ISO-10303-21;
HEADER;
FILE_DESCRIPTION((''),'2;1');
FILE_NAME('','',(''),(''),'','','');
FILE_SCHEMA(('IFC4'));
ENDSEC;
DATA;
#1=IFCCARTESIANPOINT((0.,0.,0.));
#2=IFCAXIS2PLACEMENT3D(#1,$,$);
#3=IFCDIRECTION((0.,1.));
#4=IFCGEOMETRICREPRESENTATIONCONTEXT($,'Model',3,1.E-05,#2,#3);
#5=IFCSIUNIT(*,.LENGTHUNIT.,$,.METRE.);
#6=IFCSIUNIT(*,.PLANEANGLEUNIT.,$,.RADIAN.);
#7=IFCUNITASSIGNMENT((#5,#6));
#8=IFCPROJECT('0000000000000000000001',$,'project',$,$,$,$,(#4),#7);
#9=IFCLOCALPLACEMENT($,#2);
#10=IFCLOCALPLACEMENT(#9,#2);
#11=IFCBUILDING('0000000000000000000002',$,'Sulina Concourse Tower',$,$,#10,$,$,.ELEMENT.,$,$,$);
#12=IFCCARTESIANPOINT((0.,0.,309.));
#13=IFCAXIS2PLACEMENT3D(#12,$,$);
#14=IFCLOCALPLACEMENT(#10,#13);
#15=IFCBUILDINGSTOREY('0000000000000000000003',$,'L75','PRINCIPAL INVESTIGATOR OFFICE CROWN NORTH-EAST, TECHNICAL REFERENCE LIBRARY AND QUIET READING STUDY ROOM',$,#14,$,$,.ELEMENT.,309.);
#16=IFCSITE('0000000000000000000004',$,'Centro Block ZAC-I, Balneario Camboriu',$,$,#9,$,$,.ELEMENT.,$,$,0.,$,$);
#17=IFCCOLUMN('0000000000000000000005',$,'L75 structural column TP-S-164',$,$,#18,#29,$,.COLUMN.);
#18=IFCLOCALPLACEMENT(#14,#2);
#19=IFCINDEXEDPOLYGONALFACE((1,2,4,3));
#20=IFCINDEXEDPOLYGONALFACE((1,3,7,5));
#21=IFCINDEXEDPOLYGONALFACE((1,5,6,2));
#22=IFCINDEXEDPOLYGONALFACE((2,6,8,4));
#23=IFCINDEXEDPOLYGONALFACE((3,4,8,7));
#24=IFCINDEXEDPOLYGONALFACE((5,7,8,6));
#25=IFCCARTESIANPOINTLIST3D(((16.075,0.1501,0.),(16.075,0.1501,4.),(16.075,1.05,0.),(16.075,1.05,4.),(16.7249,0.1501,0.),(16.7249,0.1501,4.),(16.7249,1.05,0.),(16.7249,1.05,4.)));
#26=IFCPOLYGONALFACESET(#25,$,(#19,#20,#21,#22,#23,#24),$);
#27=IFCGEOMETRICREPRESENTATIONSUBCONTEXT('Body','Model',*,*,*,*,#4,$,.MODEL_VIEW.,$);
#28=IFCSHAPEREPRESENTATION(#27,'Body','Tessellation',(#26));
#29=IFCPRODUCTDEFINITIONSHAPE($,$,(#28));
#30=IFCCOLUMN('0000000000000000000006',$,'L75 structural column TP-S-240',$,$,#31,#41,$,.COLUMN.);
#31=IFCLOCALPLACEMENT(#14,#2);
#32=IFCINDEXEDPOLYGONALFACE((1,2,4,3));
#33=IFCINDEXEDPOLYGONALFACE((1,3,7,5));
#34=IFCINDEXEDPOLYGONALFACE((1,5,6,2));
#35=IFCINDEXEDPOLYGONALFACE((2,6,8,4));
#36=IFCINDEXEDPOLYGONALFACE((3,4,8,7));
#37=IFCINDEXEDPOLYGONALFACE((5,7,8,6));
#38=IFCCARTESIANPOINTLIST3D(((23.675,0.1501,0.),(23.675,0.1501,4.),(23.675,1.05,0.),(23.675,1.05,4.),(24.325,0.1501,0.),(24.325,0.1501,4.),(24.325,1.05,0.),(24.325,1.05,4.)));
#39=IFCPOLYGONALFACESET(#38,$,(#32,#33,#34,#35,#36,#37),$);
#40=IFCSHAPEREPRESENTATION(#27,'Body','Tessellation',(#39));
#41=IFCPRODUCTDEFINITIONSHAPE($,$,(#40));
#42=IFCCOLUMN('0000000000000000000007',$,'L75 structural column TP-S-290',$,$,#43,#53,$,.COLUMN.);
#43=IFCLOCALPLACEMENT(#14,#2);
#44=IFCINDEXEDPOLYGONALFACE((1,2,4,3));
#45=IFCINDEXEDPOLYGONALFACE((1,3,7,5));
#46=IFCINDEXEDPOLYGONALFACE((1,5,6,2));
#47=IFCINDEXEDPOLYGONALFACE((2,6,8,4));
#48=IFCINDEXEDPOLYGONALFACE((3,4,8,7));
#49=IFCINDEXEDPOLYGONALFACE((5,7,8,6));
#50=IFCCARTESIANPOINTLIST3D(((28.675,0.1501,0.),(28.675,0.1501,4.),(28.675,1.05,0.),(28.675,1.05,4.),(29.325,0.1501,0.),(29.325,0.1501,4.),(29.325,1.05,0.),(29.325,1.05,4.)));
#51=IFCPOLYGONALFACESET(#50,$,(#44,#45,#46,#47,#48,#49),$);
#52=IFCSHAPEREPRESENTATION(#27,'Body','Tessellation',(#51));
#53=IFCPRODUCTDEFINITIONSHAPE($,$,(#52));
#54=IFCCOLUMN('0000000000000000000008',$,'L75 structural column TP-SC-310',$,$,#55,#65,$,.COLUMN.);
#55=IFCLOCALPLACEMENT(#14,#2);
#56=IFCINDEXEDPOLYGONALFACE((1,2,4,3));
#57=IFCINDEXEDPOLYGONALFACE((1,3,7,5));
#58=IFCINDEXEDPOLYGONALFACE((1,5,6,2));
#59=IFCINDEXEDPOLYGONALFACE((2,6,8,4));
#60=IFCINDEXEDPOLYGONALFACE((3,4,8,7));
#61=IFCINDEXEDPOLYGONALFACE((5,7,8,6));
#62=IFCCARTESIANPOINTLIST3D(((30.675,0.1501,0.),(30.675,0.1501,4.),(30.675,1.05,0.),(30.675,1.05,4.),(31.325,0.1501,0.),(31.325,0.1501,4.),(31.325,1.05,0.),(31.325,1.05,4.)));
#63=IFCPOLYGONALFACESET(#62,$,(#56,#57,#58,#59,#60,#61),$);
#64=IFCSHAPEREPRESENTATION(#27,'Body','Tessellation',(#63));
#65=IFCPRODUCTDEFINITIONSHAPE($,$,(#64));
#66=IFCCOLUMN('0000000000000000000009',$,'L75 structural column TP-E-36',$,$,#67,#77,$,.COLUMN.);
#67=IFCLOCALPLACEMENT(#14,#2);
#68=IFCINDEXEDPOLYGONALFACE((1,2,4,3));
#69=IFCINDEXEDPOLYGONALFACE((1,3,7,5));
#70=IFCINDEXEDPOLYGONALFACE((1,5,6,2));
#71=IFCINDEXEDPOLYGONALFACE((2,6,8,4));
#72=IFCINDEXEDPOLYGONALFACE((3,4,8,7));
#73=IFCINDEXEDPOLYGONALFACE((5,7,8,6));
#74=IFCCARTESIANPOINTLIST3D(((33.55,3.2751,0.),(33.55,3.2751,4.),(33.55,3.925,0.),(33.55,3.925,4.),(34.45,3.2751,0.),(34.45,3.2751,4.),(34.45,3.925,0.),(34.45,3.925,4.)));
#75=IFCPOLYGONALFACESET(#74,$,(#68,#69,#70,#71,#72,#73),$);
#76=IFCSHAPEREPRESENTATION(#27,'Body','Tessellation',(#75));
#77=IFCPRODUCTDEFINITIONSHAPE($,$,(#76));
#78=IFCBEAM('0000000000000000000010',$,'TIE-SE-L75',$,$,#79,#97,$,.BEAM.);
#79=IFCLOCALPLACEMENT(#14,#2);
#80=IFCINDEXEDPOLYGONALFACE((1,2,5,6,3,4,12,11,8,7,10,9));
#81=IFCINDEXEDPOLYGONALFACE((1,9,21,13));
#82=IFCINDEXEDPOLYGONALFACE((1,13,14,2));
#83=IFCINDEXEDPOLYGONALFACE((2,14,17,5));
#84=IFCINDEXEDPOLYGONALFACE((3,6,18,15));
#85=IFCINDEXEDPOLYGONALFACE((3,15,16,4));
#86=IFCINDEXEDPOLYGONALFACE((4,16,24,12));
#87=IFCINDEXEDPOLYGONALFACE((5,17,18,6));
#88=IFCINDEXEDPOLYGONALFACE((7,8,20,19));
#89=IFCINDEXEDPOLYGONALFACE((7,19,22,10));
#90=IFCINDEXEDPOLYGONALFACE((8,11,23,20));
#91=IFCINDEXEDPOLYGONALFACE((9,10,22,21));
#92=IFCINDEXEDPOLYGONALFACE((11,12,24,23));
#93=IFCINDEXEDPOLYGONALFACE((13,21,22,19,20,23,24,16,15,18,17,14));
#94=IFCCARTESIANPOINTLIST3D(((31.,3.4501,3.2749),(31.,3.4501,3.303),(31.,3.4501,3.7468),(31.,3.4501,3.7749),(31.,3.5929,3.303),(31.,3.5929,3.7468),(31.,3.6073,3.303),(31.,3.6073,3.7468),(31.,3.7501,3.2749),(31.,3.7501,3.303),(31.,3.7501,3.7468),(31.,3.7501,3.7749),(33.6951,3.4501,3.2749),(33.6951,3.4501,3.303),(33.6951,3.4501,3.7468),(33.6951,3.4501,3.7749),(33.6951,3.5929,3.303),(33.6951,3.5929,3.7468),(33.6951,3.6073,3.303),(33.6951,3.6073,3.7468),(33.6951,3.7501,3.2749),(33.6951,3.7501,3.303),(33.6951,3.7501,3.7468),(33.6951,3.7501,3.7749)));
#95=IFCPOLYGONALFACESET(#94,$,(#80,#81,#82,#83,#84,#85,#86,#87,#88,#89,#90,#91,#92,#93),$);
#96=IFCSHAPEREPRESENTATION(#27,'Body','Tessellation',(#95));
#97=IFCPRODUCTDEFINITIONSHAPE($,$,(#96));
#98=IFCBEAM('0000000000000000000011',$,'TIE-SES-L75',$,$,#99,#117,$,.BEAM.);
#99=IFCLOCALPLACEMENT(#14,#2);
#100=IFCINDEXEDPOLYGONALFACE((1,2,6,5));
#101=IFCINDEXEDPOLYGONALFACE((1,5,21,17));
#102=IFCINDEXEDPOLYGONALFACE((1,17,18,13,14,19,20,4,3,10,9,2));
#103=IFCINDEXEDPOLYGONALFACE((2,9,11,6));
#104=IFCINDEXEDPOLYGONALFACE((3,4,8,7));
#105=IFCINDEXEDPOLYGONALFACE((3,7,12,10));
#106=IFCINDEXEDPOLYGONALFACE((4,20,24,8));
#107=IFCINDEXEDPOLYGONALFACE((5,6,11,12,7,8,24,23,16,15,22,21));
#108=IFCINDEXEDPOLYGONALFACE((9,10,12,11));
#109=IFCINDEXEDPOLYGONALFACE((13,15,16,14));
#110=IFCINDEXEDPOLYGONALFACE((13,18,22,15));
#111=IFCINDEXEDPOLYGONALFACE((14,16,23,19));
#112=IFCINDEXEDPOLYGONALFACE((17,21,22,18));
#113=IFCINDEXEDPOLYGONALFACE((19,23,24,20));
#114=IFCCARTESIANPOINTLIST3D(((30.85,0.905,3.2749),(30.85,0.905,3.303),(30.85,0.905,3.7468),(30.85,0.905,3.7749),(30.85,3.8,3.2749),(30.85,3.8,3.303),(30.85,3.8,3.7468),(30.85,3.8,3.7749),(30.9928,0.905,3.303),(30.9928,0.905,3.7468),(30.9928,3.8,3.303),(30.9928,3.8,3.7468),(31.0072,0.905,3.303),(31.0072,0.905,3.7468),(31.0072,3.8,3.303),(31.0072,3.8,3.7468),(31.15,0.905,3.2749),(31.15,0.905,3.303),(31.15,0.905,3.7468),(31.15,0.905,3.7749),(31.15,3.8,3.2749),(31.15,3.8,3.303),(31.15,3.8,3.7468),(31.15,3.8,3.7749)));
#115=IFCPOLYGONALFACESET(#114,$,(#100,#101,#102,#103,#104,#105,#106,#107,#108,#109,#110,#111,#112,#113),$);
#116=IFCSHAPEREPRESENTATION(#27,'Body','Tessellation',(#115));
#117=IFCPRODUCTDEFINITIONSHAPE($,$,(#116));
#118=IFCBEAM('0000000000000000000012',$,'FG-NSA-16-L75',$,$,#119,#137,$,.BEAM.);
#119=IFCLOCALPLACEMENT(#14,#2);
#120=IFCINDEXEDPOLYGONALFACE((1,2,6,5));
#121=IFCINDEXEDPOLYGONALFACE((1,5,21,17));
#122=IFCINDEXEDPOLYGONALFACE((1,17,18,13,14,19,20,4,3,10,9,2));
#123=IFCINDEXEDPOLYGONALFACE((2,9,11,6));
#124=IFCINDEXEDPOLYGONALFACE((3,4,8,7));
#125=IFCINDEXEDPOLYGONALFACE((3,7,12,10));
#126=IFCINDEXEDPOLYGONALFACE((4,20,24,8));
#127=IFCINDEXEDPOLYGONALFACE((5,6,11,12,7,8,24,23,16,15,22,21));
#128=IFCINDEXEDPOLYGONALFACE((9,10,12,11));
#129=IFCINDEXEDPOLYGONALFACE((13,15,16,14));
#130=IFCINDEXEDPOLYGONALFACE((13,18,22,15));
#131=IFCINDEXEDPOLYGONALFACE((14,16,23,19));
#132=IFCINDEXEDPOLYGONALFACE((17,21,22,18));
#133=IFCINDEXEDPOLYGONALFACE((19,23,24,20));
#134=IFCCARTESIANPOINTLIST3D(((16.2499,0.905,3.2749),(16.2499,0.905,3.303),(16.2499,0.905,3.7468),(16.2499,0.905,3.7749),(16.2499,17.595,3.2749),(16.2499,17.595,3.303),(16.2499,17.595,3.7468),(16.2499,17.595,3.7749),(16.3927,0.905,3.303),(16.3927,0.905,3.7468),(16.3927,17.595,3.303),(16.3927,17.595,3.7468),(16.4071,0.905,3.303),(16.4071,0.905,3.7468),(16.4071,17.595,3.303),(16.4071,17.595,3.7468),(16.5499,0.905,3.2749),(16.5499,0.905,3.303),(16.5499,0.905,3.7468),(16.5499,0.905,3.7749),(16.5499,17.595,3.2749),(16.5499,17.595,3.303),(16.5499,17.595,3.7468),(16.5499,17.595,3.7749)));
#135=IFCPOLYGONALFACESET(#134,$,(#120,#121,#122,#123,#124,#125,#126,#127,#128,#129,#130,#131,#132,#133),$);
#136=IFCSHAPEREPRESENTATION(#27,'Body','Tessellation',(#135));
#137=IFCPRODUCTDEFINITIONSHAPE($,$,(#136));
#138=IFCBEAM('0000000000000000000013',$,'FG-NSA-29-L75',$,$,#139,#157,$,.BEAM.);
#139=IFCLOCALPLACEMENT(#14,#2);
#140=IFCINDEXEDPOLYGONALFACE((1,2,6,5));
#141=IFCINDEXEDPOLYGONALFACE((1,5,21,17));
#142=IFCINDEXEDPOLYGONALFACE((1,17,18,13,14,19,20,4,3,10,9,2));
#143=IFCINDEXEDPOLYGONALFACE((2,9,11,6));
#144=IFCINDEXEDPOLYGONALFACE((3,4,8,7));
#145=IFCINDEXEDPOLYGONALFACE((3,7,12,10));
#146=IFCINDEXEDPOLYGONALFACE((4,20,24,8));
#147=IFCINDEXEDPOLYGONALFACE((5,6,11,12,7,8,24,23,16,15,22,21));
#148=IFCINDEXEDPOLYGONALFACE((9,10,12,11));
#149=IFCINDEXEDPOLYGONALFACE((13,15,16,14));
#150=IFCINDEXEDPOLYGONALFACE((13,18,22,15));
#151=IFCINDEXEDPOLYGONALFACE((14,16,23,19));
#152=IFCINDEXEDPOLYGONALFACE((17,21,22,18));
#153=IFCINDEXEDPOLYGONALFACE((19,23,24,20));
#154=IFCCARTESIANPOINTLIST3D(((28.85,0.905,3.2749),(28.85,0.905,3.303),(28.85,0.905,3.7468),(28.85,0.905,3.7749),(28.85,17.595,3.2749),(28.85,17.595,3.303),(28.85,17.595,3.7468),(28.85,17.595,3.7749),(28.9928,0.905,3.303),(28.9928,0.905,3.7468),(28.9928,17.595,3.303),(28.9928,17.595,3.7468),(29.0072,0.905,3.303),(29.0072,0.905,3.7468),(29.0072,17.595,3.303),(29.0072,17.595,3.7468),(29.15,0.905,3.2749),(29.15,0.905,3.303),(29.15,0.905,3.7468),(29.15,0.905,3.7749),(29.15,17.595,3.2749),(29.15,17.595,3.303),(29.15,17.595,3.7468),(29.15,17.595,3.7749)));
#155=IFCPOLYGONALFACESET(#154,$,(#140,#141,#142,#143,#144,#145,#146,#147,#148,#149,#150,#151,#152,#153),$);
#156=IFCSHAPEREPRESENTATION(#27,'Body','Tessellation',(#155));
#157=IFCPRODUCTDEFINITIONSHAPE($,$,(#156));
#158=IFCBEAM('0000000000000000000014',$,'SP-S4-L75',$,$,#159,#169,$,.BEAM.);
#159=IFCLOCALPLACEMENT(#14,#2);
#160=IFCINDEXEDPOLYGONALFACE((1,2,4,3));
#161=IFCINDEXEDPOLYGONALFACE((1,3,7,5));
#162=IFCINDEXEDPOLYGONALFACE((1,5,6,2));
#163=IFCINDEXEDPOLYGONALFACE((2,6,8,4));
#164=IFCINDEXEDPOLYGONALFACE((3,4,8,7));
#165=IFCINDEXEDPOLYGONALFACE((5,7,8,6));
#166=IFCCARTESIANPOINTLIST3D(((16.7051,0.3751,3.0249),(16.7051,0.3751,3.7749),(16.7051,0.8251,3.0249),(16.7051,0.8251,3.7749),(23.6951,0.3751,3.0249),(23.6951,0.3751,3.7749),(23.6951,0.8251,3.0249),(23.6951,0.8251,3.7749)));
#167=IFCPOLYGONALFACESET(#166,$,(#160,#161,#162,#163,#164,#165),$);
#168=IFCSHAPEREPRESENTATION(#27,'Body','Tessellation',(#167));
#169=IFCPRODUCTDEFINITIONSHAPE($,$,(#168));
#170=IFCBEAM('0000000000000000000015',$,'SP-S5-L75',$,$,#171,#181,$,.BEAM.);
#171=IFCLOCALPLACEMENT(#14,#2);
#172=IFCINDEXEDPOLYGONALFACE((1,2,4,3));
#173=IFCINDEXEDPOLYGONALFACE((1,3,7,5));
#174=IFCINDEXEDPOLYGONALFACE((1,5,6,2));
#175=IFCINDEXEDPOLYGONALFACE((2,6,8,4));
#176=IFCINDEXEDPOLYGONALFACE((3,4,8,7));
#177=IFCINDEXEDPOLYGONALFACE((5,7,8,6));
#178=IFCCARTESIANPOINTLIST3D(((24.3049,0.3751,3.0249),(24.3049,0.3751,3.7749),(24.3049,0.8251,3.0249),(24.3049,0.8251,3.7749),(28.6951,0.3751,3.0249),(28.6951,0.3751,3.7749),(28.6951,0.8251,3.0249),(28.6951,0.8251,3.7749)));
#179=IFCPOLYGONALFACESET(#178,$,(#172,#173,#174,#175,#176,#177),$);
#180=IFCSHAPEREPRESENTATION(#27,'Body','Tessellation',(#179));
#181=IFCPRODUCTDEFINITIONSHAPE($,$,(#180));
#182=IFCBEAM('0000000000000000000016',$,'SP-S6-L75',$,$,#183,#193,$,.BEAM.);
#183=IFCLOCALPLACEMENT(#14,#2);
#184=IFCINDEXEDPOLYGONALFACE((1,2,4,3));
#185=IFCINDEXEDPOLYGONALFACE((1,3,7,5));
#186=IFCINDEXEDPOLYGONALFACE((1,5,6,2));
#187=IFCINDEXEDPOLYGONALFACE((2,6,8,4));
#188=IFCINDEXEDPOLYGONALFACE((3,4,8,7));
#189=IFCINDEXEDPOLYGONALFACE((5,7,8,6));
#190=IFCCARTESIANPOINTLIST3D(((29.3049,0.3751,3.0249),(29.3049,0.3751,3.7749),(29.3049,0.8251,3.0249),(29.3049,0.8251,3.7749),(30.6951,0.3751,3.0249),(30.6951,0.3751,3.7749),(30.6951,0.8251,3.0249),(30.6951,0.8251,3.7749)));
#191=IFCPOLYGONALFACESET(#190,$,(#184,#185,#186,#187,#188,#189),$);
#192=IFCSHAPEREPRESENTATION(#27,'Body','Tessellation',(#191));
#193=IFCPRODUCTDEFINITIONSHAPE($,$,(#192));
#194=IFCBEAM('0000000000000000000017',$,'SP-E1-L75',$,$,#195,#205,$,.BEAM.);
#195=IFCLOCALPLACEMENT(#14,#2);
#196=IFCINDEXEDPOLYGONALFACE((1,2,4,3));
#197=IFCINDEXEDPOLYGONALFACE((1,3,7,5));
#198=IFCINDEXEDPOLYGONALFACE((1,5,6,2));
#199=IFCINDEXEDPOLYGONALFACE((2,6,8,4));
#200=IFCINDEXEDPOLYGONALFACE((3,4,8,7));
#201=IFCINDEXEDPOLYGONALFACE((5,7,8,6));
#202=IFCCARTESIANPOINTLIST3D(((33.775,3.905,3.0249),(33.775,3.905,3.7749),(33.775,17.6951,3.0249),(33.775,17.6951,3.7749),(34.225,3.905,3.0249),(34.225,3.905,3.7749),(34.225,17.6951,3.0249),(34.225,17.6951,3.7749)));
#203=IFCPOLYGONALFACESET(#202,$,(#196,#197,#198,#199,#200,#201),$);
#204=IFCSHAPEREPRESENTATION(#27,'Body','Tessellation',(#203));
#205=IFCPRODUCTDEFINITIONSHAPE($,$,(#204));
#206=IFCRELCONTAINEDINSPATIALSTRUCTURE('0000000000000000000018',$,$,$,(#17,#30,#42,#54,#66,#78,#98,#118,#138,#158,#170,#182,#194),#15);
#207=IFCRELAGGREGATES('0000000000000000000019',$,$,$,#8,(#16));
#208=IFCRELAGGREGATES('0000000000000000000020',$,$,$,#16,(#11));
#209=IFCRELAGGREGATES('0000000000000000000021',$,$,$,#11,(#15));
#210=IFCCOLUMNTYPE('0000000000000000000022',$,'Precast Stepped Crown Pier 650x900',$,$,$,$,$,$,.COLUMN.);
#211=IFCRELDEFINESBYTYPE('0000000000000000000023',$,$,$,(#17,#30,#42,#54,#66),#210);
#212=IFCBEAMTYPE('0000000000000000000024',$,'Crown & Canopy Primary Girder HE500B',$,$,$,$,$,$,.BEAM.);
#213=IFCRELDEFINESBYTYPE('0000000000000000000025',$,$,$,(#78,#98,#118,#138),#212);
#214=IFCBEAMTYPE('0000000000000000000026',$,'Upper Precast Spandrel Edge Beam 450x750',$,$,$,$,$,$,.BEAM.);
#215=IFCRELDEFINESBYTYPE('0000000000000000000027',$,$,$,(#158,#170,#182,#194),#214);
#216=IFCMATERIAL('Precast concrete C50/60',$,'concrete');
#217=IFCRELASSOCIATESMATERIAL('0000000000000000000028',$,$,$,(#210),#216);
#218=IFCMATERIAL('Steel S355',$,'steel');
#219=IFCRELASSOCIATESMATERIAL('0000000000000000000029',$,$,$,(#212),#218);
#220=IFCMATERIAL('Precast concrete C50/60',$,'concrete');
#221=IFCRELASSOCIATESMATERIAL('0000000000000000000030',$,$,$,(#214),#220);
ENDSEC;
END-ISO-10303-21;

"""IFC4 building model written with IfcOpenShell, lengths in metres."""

from ifc_helpers import new_model, si_unit, direction, frame, origin, origin_2d, place, context, subcontext, project, spatial, rectangle, i_section, extrude, material, material_profile, profile_set, type_object, element, save


model = new_model("IFC4")

# Units and contexts
model_context = context("Model", 3, precision=1e-05, world=origin(), true_north=direction((0.0, 1.0)))
body_context = subcontext(model_context, "Body", "Model", "MODEL_VIEW")
ifc_project = project(units=[si_unit("LENGTHUNIT", "METRE"), si_unit("PLANEANGLEUNIT", "RADIAN")], contexts=[model_context])

# Site, building, storey
site_placement = place(None, origin())
site = spatial("IfcSite", under=ifc_project, at=site_placement, Name="Centro Block ZAC-I, Balneario Camboriu", CompositionType="ELEMENT", RefElevation=0.0)
building_placement = place(site_placement, origin())
building = spatial("IfcBuilding", under=site, at=building_placement, Name="Sulina Concourse Tower", CompositionType="ELEMENT")
storey_placement = place(building_placement, frame((0.0, 0.0, 309.0)))
storey = spatial("IfcBuildingStorey", under=building, at=storey_placement, Name="L75", Description="PRINCIPAL INVESTIGATOR OFFICE CROWN NORTH-EAST, TECHNICAL REFERENCE LIBRARY AND QUIET READING STUDY ROOM", CompositionType="ELEMENT", Elevation=309.0)

# Columns
ifc_material_1 = material(Name="Precast concrete C50/60", Category="concrete")
ifc_material_profile_1 = material_profile(ifc_material_1, rectangle(XDim=0.6499, YDim=0.8999, at=origin_2d()), Name="PC 650x900")
ifc_profile_set_1 = profile_set([ifc_material_profile_1], Name="Precast concrete C50/60")
column_type = type_object("IfcColumnType", Name="Precast Stepped Crown Pier 650x900", PredefinedType="COLUMN", material=ifc_profile_set_1)
for number, where, z_axis, x_axis, name in (
    (1, (16.3999, 0.6001, 0.0), (0.0, 0.0, 1.0), (1.0, 0.0, 0.0), "L75 structural column TP-S-164"),
    (2, (24.0, 0.6001, 0.0), (0.0, 0.0, 1.0), (1.0, 0.0, 0.0), "L75 structural column TP-S-240"),
    (3, (29.0, 0.6001, 0.0), (0.0, 0.0, 1.0), (1.0, 0.0, 0.0), "L75 structural column TP-S-290"),
    (4, (31.0, 0.6001, 0.0), (0.0, 0.0, 1.0), (1.0, 0.0, 0.0), "L75 structural column TP-SC-310"),
    (5, (34.0, 3.6001, 0.0), (0.0, 0.0, 1.0), (0.0, 1.0, 0.0), "L75 structural column TP-E-36"),
):
    element("IfcColumn", number, at=place(storey_placement, frame(where, z_axis=z_axis, x_axis=x_axis)), inside=storey, type_object=column_type, Name=name, PredefinedType="COLUMN", context=body_context, shape_type="SweptSolid", body=[
        extrude(rectangle(XDim=0.6499, YDim=0.8999, at=origin_2d()), origin(), (0.0, 0.0, 1.0), 4.0),
    ])

# Beams
ifc_material_2 = material(Name="Steel S355", Category="steel")
ifc_material_profile_2 = material_profile(ifc_material_2, i_section(OverallWidth=0.3, OverallDepth=0.5, WebThickness=0.0144, FlangeThickness=0.0281, at=origin_2d()), Name="HE 500 B")
ifc_profile_set_2 = profile_set([ifc_material_profile_2], Name="Steel S355")
beam_type_1 = type_object("IfcBeamType", Name="Crown & Canopy Primary Girder HE500B", PredefinedType="BEAM", material=ifc_profile_set_2)
beam_1_placement = place(storey_placement, frame((31.0, 3.6001, 3.5249), z_axis=(1.0, 0.0, 0.0), x_axis=(0.0, 1.0, 0.0)))
element("IfcBeam", 6, at=beam_1_placement, inside=storey, type_object=beam_type_1, Name="TIE-SE-L75", PredefinedType="BEAM", context=body_context, shape_type="SweptSolid", body=[
    extrude(i_section(OverallWidth=0.3, OverallDepth=0.5, WebThickness=0.0144, FlangeThickness=0.0281, at=origin_2d()), origin(), (0.0, 0.0, 1.0), 2.6951),
])
beam_2_placement = place(storey_placement, frame((31.0, 0.905, 3.5249), z_axis=(0.0, 1.0, 0.0), x_axis=(-1.0, 0.0, 0.0)))
element("IfcBeam", 7, at=beam_2_placement, inside=storey, type_object=beam_type_1, Name="TIE-SES-L75", PredefinedType="BEAM", context=body_context, shape_type="SweptSolid", body=[
    extrude(i_section(OverallWidth=0.3, OverallDepth=0.5, WebThickness=0.0144, FlangeThickness=0.0281, at=origin_2d()), origin(), (0.0, 0.0, 1.0), 2.895),
])
for number, where, z_axis, x_axis, name in (
    (8, (16.3999, 0.905, 3.5249), (0.0, 1.0, 0.0), (-1.0, 0.0, 0.0), "FG-NSA-16-L75"),
    (9, (29.0, 0.905, 3.5249), (0.0, 1.0, 0.0), (-1.0, 0.0, 0.0), "FG-NSA-29-L75"),
):
    element("IfcBeam", number, at=place(storey_placement, frame(where, z_axis=z_axis, x_axis=x_axis)), inside=storey, type_object=beam_type_1, Name=name, PredefinedType="BEAM", context=body_context, shape_type="SweptSolid", body=[
        extrude(i_section(OverallWidth=0.3, OverallDepth=0.5, WebThickness=0.0144, FlangeThickness=0.0281, at=origin_2d()), origin(), (0.0, 0.0, 1.0), 16.6899),
    ])
ifc_material_3 = material(Name="Precast concrete C50/60", Category="concrete")
ifc_material_profile_3 = material_profile(ifc_material_3, rectangle(XDim=0.45, YDim=0.75, at=origin_2d()), Name="RC 450x750")
ifc_profile_set_3 = profile_set([ifc_material_profile_3], Name="Precast concrete C50/60")
beam_type_2 = type_object("IfcBeamType", Name="Upper Precast Spandrel Edge Beam 450x750", PredefinedType="BEAM", material=ifc_profile_set_3)
beam_3_placement = place(storey_placement, frame((16.7051, 0.6001, 3.3999), z_axis=(1.0, 0.0, 0.0), x_axis=(0.0, 1.0, 0.0)))
element("IfcBeam", 10, at=beam_3_placement, inside=storey, type_object=beam_type_2, Name="SP-S4-L75", PredefinedType="BEAM", context=body_context, shape_type="SweptSolid", body=[
    extrude(rectangle(XDim=0.45, YDim=0.75, at=origin_2d()), origin(), (0.0, 0.0, 1.0), 6.99),
])
beam_4_placement = place(storey_placement, frame((24.3049, 0.6001, 3.3999), z_axis=(1.0, 0.0, 0.0), x_axis=(0.0, 1.0, 0.0)))
element("IfcBeam", 11, at=beam_4_placement, inside=storey, type_object=beam_type_2, Name="SP-S5-L75", PredefinedType="BEAM", context=body_context, shape_type="SweptSolid", body=[
    extrude(rectangle(XDim=0.45, YDim=0.75, at=origin_2d()), origin(), (0.0, 0.0, 1.0), 4.3901),
])
beam_5_placement = place(storey_placement, frame((29.3049, 0.6001, 3.3999), z_axis=(1.0, 0.0, 0.0), x_axis=(0.0, 1.0, 0.0)))
element("IfcBeam", 12, at=beam_5_placement, inside=storey, type_object=beam_type_2, Name="SP-S6-L75", PredefinedType="BEAM", context=body_context, shape_type="SweptSolid", body=[
    extrude(rectangle(XDim=0.45, YDim=0.75, at=origin_2d()), origin(), (0.0, 0.0, 1.0), 1.3901),
])
beam_6_placement = place(storey_placement, frame((34.0, 3.905, 3.3999), z_axis=(0.0, 1.0, 0.0), x_axis=(-1.0, 0.0, 0.0)))
element("IfcBeam", 13, at=beam_6_placement, inside=storey, type_object=beam_type_2, Name="SP-E1-L75", PredefinedType="BEAM", context=body_context, shape_type="SweptSolid", body=[
    extrude(rectangle(XDim=0.45, YDim=0.75, at=origin_2d()), origin(), (0.0, 0.0, 1.0), 13.79),
])

save(model, "model.ifc")
